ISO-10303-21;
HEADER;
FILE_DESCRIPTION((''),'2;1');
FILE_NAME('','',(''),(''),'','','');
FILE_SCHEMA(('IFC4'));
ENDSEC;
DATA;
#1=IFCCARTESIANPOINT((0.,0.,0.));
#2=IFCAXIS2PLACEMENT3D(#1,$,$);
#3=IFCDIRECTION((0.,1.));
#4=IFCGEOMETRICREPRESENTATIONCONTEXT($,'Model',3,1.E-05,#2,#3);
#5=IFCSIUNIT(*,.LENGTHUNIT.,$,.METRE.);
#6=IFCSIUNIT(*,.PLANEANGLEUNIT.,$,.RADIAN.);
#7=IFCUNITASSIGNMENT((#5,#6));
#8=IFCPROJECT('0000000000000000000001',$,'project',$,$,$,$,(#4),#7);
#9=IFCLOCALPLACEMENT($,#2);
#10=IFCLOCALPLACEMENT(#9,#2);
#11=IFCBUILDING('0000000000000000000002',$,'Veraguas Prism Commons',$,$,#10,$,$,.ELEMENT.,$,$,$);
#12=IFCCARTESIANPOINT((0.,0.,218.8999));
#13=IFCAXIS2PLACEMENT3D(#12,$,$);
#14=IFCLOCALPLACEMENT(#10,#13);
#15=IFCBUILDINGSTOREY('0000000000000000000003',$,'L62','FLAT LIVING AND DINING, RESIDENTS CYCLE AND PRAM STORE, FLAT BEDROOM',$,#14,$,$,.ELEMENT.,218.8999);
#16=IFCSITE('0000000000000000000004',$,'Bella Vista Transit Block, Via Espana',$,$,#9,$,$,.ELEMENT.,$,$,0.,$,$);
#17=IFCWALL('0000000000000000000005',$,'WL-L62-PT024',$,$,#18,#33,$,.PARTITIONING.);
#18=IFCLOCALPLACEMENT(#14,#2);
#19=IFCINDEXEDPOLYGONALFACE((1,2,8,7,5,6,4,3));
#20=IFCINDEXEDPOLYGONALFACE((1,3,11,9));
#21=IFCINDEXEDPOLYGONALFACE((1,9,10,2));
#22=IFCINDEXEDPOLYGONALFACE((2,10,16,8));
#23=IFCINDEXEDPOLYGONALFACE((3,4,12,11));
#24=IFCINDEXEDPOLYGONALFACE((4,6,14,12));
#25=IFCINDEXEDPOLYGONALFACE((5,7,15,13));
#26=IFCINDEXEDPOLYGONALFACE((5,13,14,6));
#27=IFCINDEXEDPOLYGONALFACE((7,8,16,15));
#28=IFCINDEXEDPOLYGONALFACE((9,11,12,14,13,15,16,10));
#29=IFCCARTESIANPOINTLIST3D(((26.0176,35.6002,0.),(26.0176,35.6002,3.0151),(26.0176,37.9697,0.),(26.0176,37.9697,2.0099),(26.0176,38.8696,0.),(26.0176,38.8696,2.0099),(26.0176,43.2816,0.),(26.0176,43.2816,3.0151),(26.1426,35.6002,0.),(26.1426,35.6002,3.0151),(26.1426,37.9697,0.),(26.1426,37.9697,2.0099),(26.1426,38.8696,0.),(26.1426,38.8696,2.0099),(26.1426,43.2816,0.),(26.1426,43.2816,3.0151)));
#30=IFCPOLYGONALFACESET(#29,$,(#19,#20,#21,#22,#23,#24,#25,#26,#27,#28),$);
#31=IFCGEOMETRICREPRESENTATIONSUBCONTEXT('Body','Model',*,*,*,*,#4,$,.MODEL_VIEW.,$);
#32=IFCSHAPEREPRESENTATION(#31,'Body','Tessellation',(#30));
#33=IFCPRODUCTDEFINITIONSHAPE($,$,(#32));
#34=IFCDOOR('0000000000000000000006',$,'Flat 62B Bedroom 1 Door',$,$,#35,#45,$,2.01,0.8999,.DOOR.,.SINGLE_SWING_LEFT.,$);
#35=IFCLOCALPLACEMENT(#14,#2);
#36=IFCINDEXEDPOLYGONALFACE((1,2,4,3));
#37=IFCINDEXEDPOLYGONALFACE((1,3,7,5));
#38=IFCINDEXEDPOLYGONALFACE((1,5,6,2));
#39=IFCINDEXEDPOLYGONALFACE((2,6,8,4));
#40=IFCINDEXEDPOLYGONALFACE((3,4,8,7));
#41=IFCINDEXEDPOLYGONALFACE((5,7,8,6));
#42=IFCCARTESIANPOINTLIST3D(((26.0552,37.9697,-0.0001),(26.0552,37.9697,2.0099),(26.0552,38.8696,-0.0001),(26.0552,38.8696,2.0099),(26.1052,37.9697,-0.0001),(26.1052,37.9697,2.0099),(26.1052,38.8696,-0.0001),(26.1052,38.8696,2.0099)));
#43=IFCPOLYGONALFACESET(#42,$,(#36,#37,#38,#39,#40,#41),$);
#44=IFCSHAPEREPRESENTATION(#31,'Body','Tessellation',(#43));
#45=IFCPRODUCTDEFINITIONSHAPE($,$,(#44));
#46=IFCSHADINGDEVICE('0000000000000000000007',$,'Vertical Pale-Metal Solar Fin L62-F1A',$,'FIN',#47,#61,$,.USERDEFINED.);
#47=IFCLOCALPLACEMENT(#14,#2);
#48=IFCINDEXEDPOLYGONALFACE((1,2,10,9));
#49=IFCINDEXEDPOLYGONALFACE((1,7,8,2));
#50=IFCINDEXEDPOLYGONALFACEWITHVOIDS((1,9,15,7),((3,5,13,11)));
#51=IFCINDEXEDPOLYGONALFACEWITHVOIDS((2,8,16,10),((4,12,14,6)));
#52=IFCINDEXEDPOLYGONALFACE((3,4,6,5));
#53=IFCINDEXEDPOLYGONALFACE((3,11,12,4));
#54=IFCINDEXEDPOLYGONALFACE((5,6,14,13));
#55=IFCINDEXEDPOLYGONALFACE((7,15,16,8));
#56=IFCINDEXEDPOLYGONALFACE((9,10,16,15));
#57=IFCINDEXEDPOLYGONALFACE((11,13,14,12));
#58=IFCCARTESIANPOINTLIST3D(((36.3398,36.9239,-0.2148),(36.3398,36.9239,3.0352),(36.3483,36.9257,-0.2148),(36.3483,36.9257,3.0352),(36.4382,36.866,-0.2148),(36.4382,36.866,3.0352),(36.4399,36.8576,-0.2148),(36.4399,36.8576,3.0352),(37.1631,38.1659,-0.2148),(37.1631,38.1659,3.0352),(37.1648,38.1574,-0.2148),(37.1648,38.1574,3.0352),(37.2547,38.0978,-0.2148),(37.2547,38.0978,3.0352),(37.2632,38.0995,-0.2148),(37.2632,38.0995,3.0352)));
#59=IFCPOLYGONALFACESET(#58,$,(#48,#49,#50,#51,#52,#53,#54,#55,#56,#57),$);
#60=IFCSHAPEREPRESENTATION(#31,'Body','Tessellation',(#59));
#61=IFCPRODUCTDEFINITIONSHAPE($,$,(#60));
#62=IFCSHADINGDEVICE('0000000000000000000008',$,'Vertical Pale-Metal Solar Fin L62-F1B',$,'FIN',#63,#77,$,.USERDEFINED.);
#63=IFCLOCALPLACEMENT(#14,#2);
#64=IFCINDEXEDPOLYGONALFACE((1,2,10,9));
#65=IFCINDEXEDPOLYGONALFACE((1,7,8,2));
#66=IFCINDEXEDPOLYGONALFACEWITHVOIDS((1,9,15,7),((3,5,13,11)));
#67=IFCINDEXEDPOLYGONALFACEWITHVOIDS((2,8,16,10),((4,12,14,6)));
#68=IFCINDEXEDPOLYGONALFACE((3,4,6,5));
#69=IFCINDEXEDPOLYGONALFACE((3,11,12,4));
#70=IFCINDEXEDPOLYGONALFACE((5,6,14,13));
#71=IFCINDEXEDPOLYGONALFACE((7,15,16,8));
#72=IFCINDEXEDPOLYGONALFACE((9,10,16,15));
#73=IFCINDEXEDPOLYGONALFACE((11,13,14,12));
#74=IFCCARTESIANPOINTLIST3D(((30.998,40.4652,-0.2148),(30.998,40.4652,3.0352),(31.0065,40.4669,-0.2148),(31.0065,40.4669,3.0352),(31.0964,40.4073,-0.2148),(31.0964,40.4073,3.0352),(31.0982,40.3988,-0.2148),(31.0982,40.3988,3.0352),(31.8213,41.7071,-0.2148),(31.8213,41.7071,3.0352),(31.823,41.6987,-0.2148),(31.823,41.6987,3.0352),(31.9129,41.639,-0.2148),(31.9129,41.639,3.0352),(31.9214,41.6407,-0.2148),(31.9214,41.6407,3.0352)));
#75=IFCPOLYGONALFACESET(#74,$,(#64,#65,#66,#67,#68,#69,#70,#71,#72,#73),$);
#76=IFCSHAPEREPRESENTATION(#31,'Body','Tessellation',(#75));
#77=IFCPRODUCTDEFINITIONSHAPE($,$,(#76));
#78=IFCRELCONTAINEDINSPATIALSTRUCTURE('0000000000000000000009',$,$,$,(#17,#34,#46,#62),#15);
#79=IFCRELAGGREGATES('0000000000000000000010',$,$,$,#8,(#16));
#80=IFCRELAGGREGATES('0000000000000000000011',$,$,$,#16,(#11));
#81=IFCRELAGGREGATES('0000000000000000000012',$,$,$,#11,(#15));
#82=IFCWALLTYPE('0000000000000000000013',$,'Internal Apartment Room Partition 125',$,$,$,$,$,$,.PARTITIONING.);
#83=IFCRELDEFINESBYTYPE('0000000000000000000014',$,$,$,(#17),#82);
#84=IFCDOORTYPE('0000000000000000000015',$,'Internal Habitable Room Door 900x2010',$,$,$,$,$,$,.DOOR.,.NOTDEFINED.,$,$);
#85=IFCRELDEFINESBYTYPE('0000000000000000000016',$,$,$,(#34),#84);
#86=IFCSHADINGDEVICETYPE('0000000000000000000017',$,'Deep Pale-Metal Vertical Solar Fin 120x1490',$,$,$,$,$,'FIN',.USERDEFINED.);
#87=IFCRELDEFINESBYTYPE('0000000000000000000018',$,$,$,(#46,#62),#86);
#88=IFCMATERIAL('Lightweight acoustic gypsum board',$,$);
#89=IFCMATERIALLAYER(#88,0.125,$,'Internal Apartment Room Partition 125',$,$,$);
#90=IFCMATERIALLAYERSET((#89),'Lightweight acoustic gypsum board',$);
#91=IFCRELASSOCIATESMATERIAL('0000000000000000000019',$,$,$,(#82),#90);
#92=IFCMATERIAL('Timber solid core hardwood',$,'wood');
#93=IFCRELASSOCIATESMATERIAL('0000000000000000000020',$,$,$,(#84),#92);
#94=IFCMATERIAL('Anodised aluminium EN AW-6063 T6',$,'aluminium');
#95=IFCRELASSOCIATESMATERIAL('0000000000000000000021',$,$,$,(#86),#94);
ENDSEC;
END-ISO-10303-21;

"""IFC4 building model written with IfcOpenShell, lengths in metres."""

from ifc_helpers import new_model, si_unit, direction, frame, frame_2d, origin, origin_2d, place, context, subcontext, project, spatial, rectangle, hollow_rectangle, extrude, source, transform, mapped, material, layer, layer_set, material_profile, profile_set, type_object, element, fill, save


model = new_model("IFC4")

# Units and contexts
model_context = context("Model", 3, precision=1e-05, world=origin(), true_north=direction((0.0, 1.0)))
body_context = subcontext(model_context, "Body", "Model", "MODEL_VIEW")
ifc_project = project(units=[si_unit("LENGTHUNIT", "METRE"), si_unit("PLANEANGLEUNIT", "RADIAN")], contexts=[model_context])

# Site, building, storey
site_placement = place(None, origin())
site = spatial("IfcSite", under=ifc_project, at=site_placement, Name="Bella Vista Transit Block, Via Espana", CompositionType="ELEMENT", RefElevation=0.0)
building_placement = place(site_placement, origin())
building = spatial("IfcBuilding", under=site, at=building_placement, Name="Veraguas Prism Commons", CompositionType="ELEMENT")
storey_placement = place(building_placement, frame((0.0, 0.0, 218.8999)))
storey = spatial("IfcBuildingStorey", under=building, at=storey_placement, Name="L62", Description="FLAT LIVING AND DINING, RESIDENTS CYCLE AND PRAM STORE, FLAT BEDROOM", CompositionType="ELEMENT", Elevation=218.8999)

# Shared definitions
ifc_material_1 = material(Name="Anodised aluminium EN AW-6063 T6", Category="aluminium")

# Shared definitions
shared_shape_1 = source(origin(), body_context, "Body", "SweptSolid", [
    extrude(rectangle(XDim=0.8999, YDim=2.01, at=frame_2d((0.45, 1.0049))), frame((0.0, 0.0249, 0.0), z_axis=(0.0, -1.0, 0.0), x_axis=(1.0, 0.0, 0.0)), (0.0, 0.0, 1.0), 0.05),
])
ifc_material_2 = material(Name="Lightweight acoustic gypsum board")
ifc_layer_1 = layer(ifc_material_2, 0.125, Name="Internal Apartment Room Partition 125")
ifc_layer_set_1 = layer_set([ifc_layer_1], Name="Lightweight acoustic gypsum board")
wall_type_1 = type_object("IfcWallType", Name="Internal Apartment Room Partition 125", PredefinedType="PARTITIONING", material=ifc_layer_set_1)
ifc_material_3 = material(Name="Timber solid core hardwood", Category="wood")
door_type_1 = type_object("IfcDoorType", Name="Internal Habitable Room Door 900x2010", OperationType="NOTDEFINED", PredefinedType="DOOR", material=ifc_material_3)

# Wall, opening, door
wall_1_placement = place(storey_placement, frame((26.0801, 35.6001, 0.0), z_axis=(0.0, 0.0, 1.0), x_axis=(0.0, 1.0, 0.0)))
wall_1 = element("IfcWall", 1, at=wall_1_placement, inside=storey, type_object=wall_type_1, Name="WL-L62-PT024", PredefinedType="PARTITIONING", context=body_context, shape_type="SweptSolid", body=[
    extrude(rectangle(XDim=7.6814, YDim=0.125, at=frame_2d((3.8408, 0.0))), origin(), (0.0, 0.0, 1.0), 3.0151),
])
opening_1_placement = place(wall_1_placement, frame((2.3696, 0.0, 0.0)))
opening_1 = element("IfcOpeningElement", 2, at=opening_1_placement, cuts=wall_1, PredefinedType="OPENING", context=body_context, shape_type="SweptSolid", body=[
    extrude(rectangle(XDim=0.8999, YDim=2.01, at=frame_2d((0.45, 1.0049))), frame((0.0, 0.0725, 0.0), z_axis=(0.0, -1.0, 0.0), x_axis=(1.0, 0.0, 0.0)), (0.0, 0.0, 1.0), 0.145),
])
door_1_placement = place(opening_1_placement, origin())
door_1 = element("IfcDoor", 3, at=door_1_placement, inside=storey, type_object=door_type_1, Name="Flat 62B Bedroom 1 Door", OperationType="SINGLE_SWING_LEFT", OverallHeight=2.01, OverallWidth=0.8999, PredefinedType="DOOR", context=body_context, shape_type="MappedRepresentation", body=[
    mapped(shared_shape_1, transform((0.0, 0.0, 0.0), scale=1.0)),
])
fill(opening_1, door_1)

# Shading devices
ifc_material_profile_1 = material_profile(ifc_material_1, hollow_rectangle(XDim=0.1201, YDim=1.49, WallThickness=0.0061, at=origin_2d()), Name="FIN120X1490X6")
ifc_profile_set_1 = profile_set([ifc_material_profile_1], Name="Anodised aluminium EN AW-6063 T6")
shading_device_type = type_object("IfcShadingDeviceType", Name="Deep Pale-Metal Vertical Solar Fin 120x1490", ElementType="FIN", PredefinedType="USERDEFINED", material=ifc_profile_set_1)
for number, where, z_axis, x_axis, name in (
    (4, (36.8015, 37.5117, -0.2148), (0.0, 0.0, 1.0), (-0.8335, 0.552519, 0.0), "Vertical Pale-Metal Solar Fin L62-F1A"),
    (5, (31.4597, 41.053, -0.2148), (0.0, 0.0, 1.0), (-0.8335, 0.552519, 0.0), "Vertical Pale-Metal Solar Fin L62-F1B"),
):
    element("IfcShadingDevice", number, at=place(storey_placement, frame(where, z_axis=z_axis, x_axis=x_axis)), inside=storey, type_object=shading_device_type, Name=name, ObjectType="FIN", PredefinedType="USERDEFINED", context=body_context, shape_type="SweptSolid", body=[
        extrude(hollow_rectangle(XDim=0.1201, YDim=1.49, WallThickness=0.0061, at=origin_2d()), origin(), (0.0, 0.0, 1.0), 3.25),
    ])

save(model, "model.ifc")
